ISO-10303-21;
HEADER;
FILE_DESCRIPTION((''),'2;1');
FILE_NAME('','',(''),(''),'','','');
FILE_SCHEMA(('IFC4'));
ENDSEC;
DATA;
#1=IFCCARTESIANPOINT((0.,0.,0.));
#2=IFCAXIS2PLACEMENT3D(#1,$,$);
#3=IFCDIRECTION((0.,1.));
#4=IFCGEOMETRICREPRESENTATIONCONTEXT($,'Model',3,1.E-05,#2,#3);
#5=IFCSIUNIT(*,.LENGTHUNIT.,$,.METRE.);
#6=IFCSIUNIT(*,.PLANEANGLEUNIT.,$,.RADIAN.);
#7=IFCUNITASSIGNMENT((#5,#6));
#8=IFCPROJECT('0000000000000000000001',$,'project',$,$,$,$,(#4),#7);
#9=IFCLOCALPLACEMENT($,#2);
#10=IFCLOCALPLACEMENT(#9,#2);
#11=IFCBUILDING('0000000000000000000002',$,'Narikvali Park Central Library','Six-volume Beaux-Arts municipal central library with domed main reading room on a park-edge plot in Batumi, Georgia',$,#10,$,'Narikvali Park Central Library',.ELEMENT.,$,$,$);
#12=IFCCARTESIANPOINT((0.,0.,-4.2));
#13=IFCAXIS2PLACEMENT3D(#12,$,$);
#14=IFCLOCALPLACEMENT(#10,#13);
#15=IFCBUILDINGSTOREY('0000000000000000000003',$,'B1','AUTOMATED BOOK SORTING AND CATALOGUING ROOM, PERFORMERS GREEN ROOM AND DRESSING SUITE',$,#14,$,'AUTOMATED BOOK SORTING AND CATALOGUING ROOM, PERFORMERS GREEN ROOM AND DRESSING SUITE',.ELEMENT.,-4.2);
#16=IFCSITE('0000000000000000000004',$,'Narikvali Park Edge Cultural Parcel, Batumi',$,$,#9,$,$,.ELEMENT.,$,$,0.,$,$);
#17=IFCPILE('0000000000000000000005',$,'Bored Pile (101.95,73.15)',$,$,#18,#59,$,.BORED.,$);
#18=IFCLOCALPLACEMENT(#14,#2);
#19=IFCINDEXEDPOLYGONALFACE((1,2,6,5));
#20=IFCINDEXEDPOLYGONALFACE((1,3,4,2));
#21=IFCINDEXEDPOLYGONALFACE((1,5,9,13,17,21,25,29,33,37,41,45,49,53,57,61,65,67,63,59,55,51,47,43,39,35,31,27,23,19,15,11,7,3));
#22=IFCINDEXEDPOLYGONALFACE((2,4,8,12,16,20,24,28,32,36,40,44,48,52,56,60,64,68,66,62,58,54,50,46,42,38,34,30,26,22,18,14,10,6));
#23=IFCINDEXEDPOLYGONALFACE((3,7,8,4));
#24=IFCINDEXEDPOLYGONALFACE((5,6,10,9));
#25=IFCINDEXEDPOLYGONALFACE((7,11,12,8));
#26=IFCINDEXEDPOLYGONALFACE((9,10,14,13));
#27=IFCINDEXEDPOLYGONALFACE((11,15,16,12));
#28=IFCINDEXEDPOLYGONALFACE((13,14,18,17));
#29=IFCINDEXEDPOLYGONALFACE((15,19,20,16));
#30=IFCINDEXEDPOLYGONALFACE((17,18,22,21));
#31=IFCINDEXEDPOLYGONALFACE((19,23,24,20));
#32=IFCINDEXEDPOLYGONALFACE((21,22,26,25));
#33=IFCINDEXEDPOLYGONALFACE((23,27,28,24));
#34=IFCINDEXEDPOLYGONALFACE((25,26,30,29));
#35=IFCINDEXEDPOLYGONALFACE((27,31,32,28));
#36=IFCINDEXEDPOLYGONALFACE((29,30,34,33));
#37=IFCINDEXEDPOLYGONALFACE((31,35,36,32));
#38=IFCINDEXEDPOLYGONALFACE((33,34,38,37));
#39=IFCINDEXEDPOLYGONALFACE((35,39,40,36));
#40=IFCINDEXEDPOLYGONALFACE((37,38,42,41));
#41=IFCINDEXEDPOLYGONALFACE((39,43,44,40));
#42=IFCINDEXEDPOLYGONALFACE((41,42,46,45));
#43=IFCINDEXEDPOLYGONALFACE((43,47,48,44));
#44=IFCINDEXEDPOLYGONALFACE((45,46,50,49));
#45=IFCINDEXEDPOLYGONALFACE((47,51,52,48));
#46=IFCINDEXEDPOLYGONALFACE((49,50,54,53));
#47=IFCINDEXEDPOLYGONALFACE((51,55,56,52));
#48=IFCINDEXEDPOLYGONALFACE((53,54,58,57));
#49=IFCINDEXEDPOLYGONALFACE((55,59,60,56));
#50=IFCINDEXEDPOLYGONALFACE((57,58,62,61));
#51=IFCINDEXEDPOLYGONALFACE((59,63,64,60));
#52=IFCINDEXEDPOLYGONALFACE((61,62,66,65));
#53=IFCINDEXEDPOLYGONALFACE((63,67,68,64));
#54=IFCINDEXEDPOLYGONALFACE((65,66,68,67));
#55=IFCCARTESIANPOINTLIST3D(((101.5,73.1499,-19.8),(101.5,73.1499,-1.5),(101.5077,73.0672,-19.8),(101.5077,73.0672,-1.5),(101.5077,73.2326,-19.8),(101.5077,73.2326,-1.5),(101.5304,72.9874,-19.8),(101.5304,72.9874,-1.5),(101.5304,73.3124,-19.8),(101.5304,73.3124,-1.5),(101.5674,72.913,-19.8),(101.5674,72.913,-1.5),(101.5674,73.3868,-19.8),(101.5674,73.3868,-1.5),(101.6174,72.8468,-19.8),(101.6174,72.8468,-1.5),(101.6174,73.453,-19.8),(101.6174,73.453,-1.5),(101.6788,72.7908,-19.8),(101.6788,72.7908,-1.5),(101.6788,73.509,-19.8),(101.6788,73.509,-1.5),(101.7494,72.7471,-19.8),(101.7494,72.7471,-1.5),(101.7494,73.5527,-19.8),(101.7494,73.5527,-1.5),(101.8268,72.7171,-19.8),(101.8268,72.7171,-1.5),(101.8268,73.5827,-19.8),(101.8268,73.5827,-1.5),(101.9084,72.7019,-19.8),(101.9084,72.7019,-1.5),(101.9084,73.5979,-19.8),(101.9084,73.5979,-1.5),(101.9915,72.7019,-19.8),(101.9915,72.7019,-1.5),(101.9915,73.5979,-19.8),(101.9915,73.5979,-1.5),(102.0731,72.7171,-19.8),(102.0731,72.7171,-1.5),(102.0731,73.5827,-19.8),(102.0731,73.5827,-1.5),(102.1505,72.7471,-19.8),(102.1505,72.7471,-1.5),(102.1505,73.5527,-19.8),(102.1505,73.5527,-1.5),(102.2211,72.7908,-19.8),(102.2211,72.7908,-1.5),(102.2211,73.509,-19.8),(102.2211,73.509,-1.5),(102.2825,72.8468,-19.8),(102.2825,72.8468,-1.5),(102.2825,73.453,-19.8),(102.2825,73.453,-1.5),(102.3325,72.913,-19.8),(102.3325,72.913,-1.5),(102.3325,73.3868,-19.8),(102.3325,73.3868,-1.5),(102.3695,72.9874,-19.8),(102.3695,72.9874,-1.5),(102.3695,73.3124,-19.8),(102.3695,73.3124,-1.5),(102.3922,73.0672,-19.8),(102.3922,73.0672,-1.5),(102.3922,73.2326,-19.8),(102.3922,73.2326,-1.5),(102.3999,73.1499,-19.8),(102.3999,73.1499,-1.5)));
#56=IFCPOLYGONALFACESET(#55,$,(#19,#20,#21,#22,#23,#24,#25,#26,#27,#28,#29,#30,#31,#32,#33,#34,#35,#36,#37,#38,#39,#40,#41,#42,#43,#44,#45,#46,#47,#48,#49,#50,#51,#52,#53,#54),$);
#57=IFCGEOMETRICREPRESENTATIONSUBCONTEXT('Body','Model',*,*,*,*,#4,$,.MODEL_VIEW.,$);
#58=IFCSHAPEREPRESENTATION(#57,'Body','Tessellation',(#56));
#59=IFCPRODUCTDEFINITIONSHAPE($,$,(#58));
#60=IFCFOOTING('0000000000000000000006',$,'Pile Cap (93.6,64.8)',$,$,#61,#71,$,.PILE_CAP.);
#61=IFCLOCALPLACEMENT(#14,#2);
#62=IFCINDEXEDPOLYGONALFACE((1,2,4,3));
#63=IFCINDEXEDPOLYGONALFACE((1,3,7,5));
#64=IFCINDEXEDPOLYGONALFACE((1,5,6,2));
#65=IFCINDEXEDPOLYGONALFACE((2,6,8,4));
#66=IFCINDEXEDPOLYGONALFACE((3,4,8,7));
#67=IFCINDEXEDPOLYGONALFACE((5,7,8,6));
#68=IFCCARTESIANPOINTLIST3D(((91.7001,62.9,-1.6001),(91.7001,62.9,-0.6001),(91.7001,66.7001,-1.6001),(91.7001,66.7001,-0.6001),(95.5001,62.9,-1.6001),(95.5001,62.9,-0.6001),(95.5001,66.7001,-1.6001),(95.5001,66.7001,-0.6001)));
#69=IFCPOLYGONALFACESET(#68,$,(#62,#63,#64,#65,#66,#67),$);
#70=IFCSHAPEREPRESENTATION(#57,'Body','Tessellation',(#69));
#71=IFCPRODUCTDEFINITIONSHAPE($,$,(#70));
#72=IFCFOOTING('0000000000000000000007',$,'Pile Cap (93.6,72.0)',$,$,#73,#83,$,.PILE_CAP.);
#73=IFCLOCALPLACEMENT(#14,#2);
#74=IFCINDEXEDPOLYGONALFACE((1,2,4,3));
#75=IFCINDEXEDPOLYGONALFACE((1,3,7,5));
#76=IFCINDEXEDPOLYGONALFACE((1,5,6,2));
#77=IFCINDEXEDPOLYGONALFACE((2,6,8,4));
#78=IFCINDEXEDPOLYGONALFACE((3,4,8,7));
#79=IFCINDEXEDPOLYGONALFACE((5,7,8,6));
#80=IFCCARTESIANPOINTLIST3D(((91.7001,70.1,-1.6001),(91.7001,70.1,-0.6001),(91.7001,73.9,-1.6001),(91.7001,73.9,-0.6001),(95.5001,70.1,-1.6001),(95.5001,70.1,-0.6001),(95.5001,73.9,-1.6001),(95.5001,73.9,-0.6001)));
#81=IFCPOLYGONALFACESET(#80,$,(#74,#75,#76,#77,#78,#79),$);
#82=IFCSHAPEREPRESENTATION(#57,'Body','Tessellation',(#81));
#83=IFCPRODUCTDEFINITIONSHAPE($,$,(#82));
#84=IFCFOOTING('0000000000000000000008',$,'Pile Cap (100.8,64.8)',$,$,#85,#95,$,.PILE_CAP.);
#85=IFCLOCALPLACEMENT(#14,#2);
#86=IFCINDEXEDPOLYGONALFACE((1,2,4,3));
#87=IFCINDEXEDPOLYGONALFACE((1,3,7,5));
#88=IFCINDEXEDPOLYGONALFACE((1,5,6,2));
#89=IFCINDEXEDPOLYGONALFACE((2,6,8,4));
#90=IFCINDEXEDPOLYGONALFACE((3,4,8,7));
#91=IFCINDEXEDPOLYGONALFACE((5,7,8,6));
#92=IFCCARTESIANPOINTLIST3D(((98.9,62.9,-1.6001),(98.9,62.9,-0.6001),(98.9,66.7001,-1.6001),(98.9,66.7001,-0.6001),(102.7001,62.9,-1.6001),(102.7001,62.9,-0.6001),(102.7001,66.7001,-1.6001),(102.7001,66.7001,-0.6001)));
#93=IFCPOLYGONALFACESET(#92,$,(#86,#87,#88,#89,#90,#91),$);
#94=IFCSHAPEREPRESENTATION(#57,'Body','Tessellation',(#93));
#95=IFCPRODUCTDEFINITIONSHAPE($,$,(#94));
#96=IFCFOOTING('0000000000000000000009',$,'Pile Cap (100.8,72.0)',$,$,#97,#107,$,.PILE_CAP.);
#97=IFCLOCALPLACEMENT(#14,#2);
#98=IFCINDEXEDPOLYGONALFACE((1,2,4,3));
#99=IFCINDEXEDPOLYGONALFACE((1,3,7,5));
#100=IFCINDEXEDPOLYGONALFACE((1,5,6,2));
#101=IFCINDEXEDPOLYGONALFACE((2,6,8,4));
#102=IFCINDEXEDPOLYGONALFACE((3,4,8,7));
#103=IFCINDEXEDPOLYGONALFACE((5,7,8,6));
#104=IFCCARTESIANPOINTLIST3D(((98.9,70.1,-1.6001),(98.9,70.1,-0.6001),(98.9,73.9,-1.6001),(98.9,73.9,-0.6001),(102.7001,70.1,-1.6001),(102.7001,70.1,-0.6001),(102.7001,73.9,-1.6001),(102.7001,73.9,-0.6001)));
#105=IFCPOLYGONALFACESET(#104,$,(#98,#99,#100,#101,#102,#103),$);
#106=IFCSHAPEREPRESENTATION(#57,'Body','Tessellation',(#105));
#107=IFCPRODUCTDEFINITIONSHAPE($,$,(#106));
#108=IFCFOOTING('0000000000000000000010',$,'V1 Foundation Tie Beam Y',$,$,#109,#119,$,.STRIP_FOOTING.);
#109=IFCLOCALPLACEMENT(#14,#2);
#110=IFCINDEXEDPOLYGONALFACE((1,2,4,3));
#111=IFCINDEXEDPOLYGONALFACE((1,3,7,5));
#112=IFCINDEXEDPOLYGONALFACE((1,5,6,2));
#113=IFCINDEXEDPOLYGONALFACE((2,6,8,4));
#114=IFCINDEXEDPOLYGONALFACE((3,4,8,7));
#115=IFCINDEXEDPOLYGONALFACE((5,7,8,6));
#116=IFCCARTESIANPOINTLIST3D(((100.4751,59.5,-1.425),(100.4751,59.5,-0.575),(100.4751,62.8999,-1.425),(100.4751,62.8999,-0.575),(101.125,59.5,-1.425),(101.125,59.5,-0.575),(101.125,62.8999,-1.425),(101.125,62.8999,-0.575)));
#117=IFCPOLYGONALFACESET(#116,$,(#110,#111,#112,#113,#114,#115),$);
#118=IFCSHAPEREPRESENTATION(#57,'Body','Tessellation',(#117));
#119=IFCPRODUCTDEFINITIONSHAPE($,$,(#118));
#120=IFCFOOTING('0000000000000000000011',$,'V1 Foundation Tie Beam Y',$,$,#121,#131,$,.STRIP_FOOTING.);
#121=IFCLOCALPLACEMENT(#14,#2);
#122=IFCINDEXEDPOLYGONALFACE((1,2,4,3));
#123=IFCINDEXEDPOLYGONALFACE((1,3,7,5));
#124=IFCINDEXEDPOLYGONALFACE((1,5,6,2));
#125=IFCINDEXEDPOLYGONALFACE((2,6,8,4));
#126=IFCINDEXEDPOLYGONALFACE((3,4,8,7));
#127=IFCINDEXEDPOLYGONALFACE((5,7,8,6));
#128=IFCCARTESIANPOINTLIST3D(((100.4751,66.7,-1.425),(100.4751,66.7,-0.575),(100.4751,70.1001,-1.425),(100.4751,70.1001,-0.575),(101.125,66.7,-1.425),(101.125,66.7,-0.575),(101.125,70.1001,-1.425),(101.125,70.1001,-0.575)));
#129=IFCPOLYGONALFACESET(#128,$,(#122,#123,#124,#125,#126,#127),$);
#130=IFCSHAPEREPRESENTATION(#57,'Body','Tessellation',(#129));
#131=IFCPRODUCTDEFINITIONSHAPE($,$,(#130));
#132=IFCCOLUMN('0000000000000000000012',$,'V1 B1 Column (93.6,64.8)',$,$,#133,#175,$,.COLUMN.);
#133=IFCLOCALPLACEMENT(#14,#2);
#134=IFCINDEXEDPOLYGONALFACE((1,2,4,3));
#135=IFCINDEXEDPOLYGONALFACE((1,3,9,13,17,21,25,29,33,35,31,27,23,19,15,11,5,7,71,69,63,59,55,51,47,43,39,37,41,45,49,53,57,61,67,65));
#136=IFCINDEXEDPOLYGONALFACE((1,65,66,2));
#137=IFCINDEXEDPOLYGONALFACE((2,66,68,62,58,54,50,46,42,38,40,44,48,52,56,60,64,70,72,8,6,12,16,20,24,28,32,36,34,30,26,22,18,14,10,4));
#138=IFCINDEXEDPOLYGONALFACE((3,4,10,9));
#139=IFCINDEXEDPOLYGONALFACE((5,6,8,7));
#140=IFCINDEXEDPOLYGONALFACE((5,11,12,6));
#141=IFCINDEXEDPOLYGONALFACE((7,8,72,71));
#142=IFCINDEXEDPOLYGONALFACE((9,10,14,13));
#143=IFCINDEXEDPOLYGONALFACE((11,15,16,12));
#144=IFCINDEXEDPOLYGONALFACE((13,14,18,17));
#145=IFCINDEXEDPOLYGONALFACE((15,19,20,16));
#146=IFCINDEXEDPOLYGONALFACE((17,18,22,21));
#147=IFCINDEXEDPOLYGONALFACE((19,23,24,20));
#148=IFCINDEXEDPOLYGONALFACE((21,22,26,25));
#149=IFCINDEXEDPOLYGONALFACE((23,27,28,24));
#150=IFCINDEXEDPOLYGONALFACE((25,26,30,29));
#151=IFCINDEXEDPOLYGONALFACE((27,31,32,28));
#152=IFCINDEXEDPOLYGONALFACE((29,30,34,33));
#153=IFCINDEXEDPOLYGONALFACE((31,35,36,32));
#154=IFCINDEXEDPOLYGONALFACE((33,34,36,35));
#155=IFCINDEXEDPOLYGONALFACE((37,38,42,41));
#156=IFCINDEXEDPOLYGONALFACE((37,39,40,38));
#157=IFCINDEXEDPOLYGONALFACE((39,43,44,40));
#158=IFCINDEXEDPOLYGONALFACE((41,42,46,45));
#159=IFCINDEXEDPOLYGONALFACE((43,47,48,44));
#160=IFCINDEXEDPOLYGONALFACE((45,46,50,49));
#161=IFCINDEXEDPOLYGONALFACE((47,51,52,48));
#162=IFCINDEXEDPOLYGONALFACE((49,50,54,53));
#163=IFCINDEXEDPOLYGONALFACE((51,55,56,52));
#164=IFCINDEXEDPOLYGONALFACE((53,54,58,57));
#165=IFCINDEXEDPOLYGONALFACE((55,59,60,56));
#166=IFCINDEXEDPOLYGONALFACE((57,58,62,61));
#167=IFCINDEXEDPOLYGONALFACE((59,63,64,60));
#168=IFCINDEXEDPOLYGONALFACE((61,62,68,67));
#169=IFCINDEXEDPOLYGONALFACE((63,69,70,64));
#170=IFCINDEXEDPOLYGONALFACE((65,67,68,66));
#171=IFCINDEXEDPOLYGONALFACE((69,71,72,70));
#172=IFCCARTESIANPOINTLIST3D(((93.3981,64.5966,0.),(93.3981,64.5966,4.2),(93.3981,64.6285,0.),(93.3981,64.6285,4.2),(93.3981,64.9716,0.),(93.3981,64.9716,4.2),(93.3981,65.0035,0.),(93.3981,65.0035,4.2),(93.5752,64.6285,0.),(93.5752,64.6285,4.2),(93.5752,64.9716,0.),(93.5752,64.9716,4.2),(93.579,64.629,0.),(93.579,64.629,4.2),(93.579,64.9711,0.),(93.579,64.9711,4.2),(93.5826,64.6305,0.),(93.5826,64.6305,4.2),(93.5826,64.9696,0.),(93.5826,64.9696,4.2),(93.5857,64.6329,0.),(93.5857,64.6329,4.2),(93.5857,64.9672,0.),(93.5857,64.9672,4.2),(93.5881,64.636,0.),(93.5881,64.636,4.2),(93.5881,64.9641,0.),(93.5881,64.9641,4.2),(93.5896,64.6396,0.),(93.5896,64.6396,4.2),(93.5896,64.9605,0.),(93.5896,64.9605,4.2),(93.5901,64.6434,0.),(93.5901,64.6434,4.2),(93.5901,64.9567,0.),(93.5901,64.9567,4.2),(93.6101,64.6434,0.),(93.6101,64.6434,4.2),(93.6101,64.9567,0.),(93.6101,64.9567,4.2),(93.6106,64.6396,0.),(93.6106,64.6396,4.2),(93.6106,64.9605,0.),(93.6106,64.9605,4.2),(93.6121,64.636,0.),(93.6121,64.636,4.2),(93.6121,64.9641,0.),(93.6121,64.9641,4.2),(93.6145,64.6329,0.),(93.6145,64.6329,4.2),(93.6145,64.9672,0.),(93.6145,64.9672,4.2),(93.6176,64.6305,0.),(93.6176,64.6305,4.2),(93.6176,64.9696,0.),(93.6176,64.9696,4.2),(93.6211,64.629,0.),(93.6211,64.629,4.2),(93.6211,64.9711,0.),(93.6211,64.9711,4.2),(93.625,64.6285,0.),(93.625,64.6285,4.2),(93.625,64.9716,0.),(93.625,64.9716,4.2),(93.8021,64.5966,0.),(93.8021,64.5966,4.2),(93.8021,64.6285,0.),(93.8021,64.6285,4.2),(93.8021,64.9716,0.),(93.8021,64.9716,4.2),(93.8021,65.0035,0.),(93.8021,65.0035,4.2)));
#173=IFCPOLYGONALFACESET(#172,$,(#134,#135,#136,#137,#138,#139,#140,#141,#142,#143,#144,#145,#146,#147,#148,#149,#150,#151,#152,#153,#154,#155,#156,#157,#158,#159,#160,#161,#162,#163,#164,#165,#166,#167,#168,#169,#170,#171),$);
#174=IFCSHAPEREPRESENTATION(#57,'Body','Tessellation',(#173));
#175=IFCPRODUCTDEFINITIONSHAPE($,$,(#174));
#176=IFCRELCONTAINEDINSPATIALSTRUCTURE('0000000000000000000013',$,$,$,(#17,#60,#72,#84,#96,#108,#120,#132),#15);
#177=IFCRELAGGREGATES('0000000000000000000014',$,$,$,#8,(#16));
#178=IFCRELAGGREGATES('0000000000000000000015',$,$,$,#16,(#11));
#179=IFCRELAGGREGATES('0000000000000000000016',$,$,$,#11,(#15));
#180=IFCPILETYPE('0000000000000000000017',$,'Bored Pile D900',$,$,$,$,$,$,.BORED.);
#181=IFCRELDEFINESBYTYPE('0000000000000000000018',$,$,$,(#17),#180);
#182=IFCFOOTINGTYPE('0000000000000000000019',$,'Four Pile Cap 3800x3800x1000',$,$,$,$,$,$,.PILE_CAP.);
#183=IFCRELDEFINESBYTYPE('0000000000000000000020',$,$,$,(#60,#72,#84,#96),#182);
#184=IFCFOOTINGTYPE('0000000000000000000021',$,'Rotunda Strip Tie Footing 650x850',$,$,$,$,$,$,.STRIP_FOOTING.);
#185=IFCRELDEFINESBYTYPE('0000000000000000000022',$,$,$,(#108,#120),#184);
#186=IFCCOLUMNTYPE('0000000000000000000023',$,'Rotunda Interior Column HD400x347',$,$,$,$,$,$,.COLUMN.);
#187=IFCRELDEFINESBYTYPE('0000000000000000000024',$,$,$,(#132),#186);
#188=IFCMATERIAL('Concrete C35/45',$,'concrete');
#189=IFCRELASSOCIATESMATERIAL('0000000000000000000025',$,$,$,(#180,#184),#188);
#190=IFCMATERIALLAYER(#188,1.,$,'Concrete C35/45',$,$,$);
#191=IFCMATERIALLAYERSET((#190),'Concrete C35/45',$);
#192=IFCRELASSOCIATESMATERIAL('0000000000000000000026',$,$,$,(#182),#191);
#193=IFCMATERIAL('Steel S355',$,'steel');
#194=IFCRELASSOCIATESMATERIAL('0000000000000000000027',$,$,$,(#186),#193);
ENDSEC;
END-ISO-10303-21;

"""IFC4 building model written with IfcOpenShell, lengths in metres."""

from ifc_helpers import new_model, si_unit, direction, frame, origin, origin_2d, place, context, subcontext, project, spatial, rectangle, circle, i_section, extrude, material, layer, layer_set, material_profile, profile_set, type_object, element, save


model = new_model("IFC4")

# Units and contexts
model_context = context("Model", 3, precision=1e-05, world=origin(), true_north=direction((0.0, 1.0)))
body_context = subcontext(model_context, "Body", "Model", "MODEL_VIEW")
ifc_project = project(units=[si_unit("LENGTHUNIT", "METRE"), si_unit("PLANEANGLEUNIT", "RADIAN")], contexts=[model_context])

# Site, building, storey
site_placement = place(None, origin())
site = spatial("IfcSite", under=ifc_project, at=site_placement, Name="Narikvali Park Edge Cultural Parcel, Batumi", CompositionType="ELEMENT", RefElevation=0.0)
building_placement = place(site_placement, origin())
building = spatial("IfcBuilding", under=site, at=building_placement, Name="Narikvali Park Central Library", Description="Six-volume Beaux-Arts municipal central library with domed main reading room on a park-edge plot in Batumi, Georgia", LongName="Narikvali Park Central Library", CompositionType="ELEMENT")
storey_placement = place(building_placement, frame((0.0, 0.0, -4.2)))
storey = spatial("IfcBuildingStorey", under=building, at=storey_placement, Name="B1", Description="AUTOMATED BOOK SORTING AND CATALOGUING ROOM, PERFORMERS GREEN ROOM AND DRESSING SUITE", LongName="AUTOMATED BOOK SORTING AND CATALOGUING ROOM, PERFORMERS GREEN ROOM AND DRESSING SUITE", CompositionType="ELEMENT", Elevation=-4.2)

# Pile
ifc_material_1 = material(Name="Concrete C35/45", Category="concrete")
ifc_material_profile_1 = material_profile(ifc_material_1, circle(Radius=0.45, at=origin_2d()), Name="PILE D900")
ifc_profile_set_1 = profile_set([ifc_material_profile_1], Name="Concrete C35/45")
pile_type = type_object("IfcPileType", Name="Bored Pile D900", PredefinedType="BORED", material=ifc_profile_set_1)
for number, where, z_axis, x_axis, name in (
    (1, (101.95, 73.1499, -1.5), (0.0, 0.0, -1.0), (1.0, 0.0, 0.0), "Bored Pile (101.95,73.15)"),
):
    element("IfcPile", number, at=place(storey_placement, frame(where, z_axis=z_axis, x_axis=x_axis)), inside=storey, type_object=pile_type, Name=name, PredefinedType="BORED", context=body_context, shape_type="SweptSolid", body=[
        extrude(circle(Radius=0.45, at=origin_2d()), origin(), (0.0, 0.0, 1.0), 18.3),
    ])

# Footings
ifc_layer_1 = layer(ifc_material_1, 1.0, Name="Concrete C35/45")
ifc_layer_set_1 = layer_set([ifc_layer_1], Name="Concrete C35/45")
footing_type_1 = type_object("IfcFootingType", Name="Four Pile Cap 3800x3800x1000", PredefinedType="PILE_CAP", material=ifc_layer_set_1)
for number, where, z_axis, x_axis, name in (
    (2, (93.6001, 64.8, -1.6001), (0.0, 0.0, 1.0), (1.0, 0.0, 0.0), "Pile Cap (93.6,64.8)"),
    (3, (93.6001, 72.0, -1.6001), (0.0, 0.0, 1.0), (1.0, 0.0, 0.0), "Pile Cap (93.6,72.0)"),
    (4, (100.8, 64.8, -1.6001), (0.0, 0.0, 1.0), (1.0, 0.0, 0.0), "Pile Cap (100.8,64.8)"),
    (5, (100.8, 72.0, -1.6001), (0.0, 0.0, 1.0), (1.0, 0.0, 0.0), "Pile Cap (100.8,72.0)"),
):
    element("IfcFooting", number, at=place(storey_placement, frame(where, z_axis=z_axis, x_axis=x_axis)), inside=storey, type_object=footing_type_1, Name=name, PredefinedType="PILE_CAP", context=body_context, shape_type="SweptSolid", body=[
        extrude(rectangle(XDim=3.8, YDim=3.8, at=origin_2d()), origin(), (0.0, 0.0, 1.0), 1.0),
    ])
ifc_material_profile_2 = material_profile(ifc_material_1, rectangle(XDim=0.6499, YDim=0.8501, at=origin_2d()), Name="RC GB 650x850")
ifc_profile_set_2 = profile_set([ifc_material_profile_2], Name="Concrete C35/45")
footing_type_2 = type_object("IfcFootingType", Name="Rotunda Strip Tie Footing 650x850", PredefinedType="STRIP_FOOTING", material=ifc_profile_set_2)
footing_1_placement = place(storey_placement, frame((100.8, 59.5, -1.0), z_axis=(0.0, 1.0, 0.0), x_axis=(-1.0, 0.0, 0.0)))
element("IfcFooting", 6, at=footing_1_placement, inside=storey, type_object=footing_type_2, Name="V1 Foundation Tie Beam Y", PredefinedType="STRIP_FOOTING", context=body_context, shape_type="SweptSolid", body=[
    extrude(rectangle(XDim=0.6499, YDim=0.8501, at=origin_2d()), origin(), (0.0, 0.0, 1.0), 3.3999),
])
footing_2_placement = place(storey_placement, frame((100.8, 66.7, -1.0), z_axis=(0.0, 1.0, 0.0), x_axis=(-1.0, 0.0, 0.0)))
element("IfcFooting", 7, at=footing_2_placement, inside=storey, type_object=footing_type_2, Name="V1 Foundation Tie Beam Y", PredefinedType="STRIP_FOOTING", context=body_context, shape_type="SweptSolid", body=[
    extrude(rectangle(XDim=0.6499, YDim=0.8501, at=origin_2d()), origin(), (0.0, 0.0, 1.0), 3.4001),
])

# Column
ifc_material_2 = material(Name="Steel S355", Category="steel")
ifc_material_profile_3 = material_profile(ifc_material_2, i_section(OverallWidth=0.4041, OverallDepth=0.407, WebThickness=0.02, FlangeThickness=0.032, FilletRadius=0.0149, at=origin_2d()), Name="HD 400x347")
ifc_profile_set_3 = profile_set([ifc_material_profile_3], Name="Steel S355")
column_type_1 = type_object("IfcColumnType", Name="Rotunda Interior Column HD400x347", PredefinedType="COLUMN", material=ifc_profile_set_3)
for number, where, z_axis, x_axis, name in (
    (8, (93.6001, 64.8, 0.0), (0.0, 0.0, 1.0), (1.0, 0.0, 0.0), "V1 B1 Column (93.6,64.8)"),
):
    element("IfcColumn", number, at=place(storey_placement, frame(where, z_axis=z_axis, x_axis=x_axis)), inside=storey, type_object=column_type_1, Name=name, PredefinedType="COLUMN", context=body_context, shape_type="SweptSolid", body=[
        extrude(i_section(OverallWidth=0.4041, OverallDepth=0.407, WebThickness=0.02, FlangeThickness=0.032, FilletRadius=0.0149, at=origin_2d()), origin(), (0.0, 0.0, 1.0), 4.2),
    ])

save(model, "model.ifc")
